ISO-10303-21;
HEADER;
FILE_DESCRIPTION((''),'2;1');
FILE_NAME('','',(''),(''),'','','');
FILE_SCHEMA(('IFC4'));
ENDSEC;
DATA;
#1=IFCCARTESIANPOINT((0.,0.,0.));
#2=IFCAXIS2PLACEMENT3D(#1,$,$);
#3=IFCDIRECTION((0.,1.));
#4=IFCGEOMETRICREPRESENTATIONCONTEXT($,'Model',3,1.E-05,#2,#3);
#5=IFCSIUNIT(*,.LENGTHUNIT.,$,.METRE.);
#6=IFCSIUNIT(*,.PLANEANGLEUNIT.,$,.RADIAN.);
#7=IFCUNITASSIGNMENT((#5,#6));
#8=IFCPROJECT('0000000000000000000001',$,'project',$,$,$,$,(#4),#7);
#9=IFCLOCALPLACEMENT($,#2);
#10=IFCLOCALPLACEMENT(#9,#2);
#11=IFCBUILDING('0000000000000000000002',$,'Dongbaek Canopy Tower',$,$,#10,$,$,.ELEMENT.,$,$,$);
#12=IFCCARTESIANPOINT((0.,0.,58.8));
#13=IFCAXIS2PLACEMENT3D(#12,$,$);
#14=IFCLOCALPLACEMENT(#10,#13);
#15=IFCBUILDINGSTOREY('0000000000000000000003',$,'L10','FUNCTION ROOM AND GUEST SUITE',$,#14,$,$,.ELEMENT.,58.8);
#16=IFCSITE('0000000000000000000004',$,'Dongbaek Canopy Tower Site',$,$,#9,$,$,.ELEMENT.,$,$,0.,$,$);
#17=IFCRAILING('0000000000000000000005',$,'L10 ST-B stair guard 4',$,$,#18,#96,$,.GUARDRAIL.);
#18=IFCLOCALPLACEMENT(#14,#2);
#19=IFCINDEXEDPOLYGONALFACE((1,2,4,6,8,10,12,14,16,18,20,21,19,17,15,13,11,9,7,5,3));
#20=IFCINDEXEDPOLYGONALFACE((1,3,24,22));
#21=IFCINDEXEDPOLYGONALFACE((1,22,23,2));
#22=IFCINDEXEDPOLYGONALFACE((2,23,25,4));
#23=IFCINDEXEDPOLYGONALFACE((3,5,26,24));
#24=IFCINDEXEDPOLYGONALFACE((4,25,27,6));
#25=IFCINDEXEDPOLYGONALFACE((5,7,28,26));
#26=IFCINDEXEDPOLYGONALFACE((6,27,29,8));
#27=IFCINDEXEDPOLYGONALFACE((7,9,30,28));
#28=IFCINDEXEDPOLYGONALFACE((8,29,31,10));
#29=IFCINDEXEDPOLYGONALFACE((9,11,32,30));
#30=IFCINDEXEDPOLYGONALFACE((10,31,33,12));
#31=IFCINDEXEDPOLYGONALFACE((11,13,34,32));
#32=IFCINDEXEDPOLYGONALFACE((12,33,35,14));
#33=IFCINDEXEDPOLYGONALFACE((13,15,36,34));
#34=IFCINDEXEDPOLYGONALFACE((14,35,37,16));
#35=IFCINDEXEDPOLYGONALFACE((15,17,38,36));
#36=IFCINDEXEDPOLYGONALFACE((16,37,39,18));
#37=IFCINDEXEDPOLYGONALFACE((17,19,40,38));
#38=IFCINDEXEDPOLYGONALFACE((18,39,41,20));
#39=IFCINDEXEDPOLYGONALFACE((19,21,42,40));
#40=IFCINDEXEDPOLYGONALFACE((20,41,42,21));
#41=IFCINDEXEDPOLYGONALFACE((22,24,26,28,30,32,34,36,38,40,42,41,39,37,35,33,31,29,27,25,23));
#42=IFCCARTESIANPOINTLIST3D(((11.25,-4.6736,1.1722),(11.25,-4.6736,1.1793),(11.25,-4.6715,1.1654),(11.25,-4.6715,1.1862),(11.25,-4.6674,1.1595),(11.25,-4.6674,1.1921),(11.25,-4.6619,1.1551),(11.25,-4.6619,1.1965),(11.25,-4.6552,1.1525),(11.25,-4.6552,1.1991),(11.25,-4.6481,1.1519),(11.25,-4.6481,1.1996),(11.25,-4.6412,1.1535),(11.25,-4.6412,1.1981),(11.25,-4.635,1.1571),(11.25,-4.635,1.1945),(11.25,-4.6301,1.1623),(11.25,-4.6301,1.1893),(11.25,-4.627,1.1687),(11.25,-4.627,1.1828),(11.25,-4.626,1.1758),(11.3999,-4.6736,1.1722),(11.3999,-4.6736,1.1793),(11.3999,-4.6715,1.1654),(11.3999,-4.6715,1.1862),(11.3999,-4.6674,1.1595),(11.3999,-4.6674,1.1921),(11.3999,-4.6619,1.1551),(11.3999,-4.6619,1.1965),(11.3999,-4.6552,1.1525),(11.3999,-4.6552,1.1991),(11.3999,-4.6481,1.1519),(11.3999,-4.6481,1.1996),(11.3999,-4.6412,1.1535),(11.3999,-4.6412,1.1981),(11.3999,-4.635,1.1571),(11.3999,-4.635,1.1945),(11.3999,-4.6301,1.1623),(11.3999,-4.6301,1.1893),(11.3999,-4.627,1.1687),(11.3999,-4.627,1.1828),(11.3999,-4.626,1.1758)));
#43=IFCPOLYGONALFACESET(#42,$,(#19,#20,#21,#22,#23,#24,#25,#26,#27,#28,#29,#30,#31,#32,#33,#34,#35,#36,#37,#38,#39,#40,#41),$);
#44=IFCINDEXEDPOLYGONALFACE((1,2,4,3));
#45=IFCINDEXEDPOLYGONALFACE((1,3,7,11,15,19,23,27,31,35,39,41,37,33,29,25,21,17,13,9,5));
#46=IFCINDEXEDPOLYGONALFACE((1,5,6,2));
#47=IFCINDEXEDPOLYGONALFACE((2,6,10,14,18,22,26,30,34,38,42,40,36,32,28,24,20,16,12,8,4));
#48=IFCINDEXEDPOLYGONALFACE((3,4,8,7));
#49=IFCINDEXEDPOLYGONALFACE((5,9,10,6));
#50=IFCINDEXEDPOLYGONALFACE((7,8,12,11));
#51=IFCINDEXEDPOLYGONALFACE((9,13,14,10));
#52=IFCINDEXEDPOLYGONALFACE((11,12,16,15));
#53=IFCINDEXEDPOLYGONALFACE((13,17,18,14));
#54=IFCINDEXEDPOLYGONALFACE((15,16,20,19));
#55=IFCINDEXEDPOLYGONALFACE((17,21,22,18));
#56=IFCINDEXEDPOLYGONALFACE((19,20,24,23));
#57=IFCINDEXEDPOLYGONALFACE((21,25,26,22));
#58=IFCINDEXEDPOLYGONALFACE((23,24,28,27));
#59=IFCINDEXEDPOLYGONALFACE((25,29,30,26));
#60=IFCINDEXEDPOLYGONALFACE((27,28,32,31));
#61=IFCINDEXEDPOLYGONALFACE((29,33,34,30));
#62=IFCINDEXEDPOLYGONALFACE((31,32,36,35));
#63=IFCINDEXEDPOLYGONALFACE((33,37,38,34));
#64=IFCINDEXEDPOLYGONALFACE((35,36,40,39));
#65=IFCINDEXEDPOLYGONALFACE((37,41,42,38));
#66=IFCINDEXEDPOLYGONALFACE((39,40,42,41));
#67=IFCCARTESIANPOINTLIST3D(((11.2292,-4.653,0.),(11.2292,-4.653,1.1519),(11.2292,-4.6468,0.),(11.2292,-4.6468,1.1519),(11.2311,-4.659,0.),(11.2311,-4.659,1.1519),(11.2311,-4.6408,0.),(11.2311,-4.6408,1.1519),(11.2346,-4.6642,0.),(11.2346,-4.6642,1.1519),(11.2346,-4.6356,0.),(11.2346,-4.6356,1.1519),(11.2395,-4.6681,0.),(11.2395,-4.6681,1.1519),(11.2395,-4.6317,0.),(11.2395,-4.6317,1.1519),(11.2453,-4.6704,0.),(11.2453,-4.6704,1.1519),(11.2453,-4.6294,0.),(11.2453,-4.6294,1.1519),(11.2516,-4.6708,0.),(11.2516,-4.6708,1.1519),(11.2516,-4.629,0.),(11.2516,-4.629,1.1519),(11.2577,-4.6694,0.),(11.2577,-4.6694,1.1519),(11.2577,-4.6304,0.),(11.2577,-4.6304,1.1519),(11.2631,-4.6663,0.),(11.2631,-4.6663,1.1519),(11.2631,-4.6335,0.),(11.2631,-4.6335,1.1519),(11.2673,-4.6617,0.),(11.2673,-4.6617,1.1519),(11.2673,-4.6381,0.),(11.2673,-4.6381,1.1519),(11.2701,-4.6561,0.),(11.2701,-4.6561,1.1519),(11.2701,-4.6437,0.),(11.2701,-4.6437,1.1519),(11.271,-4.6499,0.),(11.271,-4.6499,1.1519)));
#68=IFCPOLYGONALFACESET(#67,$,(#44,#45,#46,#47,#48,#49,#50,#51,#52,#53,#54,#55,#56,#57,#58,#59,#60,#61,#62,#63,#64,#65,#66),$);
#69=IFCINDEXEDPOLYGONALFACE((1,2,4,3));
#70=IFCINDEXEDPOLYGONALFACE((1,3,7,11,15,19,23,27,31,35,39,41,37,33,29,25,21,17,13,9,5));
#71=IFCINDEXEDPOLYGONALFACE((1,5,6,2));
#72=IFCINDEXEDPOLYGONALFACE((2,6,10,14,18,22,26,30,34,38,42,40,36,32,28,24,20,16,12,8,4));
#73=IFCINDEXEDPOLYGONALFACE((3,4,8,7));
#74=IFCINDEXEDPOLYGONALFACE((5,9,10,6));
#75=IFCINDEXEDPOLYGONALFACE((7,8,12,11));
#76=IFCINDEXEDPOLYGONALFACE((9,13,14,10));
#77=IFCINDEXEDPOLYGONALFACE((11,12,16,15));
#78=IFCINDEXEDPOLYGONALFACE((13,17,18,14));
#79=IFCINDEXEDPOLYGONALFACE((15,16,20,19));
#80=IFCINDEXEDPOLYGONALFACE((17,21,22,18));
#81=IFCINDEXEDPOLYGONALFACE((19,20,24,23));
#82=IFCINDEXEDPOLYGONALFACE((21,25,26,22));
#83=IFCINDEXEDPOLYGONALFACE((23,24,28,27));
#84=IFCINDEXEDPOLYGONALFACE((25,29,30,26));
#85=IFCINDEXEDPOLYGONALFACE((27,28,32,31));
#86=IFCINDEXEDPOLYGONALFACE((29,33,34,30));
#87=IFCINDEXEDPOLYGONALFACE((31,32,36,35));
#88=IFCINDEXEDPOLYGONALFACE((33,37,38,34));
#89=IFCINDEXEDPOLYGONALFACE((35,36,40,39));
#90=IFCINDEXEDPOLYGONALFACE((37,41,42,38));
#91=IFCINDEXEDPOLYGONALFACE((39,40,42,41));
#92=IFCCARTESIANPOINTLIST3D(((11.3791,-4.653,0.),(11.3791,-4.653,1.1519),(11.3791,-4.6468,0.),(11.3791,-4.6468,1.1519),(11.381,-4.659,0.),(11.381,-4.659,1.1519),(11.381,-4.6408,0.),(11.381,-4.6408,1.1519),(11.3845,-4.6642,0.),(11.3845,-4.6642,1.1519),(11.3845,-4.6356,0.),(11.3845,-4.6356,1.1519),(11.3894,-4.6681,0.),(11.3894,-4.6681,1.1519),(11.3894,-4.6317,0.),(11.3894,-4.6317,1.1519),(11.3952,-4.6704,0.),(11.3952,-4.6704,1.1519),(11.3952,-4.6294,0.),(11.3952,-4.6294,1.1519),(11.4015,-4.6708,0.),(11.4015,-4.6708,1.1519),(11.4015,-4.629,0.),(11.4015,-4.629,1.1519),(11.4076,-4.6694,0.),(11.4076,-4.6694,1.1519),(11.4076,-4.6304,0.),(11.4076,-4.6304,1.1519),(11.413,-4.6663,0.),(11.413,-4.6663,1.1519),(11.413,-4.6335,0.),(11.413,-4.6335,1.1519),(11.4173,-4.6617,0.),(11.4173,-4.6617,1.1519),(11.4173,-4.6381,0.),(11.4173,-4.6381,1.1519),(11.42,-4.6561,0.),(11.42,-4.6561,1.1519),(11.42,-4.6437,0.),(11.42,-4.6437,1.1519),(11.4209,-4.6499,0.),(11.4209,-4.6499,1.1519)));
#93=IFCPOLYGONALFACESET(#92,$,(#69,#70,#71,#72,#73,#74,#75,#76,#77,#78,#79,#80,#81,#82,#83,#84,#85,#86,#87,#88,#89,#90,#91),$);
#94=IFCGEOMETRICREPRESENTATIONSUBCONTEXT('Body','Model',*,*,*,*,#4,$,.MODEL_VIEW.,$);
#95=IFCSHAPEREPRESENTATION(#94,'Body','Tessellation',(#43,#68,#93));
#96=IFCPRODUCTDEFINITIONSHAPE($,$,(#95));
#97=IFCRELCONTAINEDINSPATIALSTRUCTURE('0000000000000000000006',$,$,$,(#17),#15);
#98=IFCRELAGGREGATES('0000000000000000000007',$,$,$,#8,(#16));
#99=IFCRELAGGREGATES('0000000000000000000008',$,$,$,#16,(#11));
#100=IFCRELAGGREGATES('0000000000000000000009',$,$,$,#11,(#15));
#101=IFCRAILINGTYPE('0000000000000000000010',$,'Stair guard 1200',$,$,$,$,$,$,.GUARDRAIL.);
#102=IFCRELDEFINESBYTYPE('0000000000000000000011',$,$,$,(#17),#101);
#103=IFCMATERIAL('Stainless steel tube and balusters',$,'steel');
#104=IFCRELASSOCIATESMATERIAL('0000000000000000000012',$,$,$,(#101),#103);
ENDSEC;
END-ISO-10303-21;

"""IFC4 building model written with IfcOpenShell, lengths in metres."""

from ifc_helpers import new_model, si_unit, direction, frame, origin, origin_2d, place, context, subcontext, project, spatial, circle, extrude, material, type_object, element, save


model = new_model("IFC4")

# Units and contexts
model_context = context("Model", 3, precision=1e-05, world=origin(), true_north=direction((0.0, 1.0)))
body_context = subcontext(model_context, "Body", "Model", "MODEL_VIEW")
ifc_project = project(units=[si_unit("LENGTHUNIT", "METRE"), si_unit("PLANEANGLEUNIT", "RADIAN")], contexts=[model_context])

# Site, building, storey
site_placement = place(None, origin())
site = spatial("IfcSite", under=ifc_project, at=site_placement, Name="Dongbaek Canopy Tower Site", CompositionType="ELEMENT", RefElevation=0.0)
building_placement = place(site_placement, origin())
building = spatial("IfcBuilding", under=site, at=building_placement, Name="Dongbaek Canopy Tower", CompositionType="ELEMENT")
storey_placement = place(building_placement, frame((0.0, 0.0, 58.8)))
storey = spatial("IfcBuildingStorey", under=building, at=storey_placement, Name="L10", Description="FUNCTION ROOM AND GUEST SUITE", CompositionType="ELEMENT", Elevation=58.8)

# Railing
ifc_material_1 = material(Name="Stainless steel tube and balusters", Category="steel")
railing_type = type_object("IfcRailingType", Name="Stair guard 1200", PredefinedType="GUARDRAIL", material=ifc_material_1)
railing_placement = place(storey_placement, frame((11.25, -4.6499, 0.0)))
element("IfcRailing", 1, at=railing_placement, inside=storey, type_object=railing_type, Name="L10 ST-B stair guard 4", PredefinedType="GUARDRAIL", context=body_context, shape_type="SweptSolid", body=[
    extrude(circle(Radius=0.0239, at=origin_2d()), frame((0.0, 0.0, 1.1758), z_axis=(1.0, 0.0, 0.0), x_axis=(0.0, 1.0, 0.0)), (0.0, 0.0, 1.0), 0.1499),
    extrude(circle(Radius=0.021, at=origin_2d()), origin(), (0.0, 0.0, 1.0), 1.1519),
    extrude(circle(Radius=0.021, at=origin_2d()), frame((0.1499, 0.0, 0.0)), (0.0, 0.0, 1.0), 1.1519),
])

save(model, "model.ifc")
